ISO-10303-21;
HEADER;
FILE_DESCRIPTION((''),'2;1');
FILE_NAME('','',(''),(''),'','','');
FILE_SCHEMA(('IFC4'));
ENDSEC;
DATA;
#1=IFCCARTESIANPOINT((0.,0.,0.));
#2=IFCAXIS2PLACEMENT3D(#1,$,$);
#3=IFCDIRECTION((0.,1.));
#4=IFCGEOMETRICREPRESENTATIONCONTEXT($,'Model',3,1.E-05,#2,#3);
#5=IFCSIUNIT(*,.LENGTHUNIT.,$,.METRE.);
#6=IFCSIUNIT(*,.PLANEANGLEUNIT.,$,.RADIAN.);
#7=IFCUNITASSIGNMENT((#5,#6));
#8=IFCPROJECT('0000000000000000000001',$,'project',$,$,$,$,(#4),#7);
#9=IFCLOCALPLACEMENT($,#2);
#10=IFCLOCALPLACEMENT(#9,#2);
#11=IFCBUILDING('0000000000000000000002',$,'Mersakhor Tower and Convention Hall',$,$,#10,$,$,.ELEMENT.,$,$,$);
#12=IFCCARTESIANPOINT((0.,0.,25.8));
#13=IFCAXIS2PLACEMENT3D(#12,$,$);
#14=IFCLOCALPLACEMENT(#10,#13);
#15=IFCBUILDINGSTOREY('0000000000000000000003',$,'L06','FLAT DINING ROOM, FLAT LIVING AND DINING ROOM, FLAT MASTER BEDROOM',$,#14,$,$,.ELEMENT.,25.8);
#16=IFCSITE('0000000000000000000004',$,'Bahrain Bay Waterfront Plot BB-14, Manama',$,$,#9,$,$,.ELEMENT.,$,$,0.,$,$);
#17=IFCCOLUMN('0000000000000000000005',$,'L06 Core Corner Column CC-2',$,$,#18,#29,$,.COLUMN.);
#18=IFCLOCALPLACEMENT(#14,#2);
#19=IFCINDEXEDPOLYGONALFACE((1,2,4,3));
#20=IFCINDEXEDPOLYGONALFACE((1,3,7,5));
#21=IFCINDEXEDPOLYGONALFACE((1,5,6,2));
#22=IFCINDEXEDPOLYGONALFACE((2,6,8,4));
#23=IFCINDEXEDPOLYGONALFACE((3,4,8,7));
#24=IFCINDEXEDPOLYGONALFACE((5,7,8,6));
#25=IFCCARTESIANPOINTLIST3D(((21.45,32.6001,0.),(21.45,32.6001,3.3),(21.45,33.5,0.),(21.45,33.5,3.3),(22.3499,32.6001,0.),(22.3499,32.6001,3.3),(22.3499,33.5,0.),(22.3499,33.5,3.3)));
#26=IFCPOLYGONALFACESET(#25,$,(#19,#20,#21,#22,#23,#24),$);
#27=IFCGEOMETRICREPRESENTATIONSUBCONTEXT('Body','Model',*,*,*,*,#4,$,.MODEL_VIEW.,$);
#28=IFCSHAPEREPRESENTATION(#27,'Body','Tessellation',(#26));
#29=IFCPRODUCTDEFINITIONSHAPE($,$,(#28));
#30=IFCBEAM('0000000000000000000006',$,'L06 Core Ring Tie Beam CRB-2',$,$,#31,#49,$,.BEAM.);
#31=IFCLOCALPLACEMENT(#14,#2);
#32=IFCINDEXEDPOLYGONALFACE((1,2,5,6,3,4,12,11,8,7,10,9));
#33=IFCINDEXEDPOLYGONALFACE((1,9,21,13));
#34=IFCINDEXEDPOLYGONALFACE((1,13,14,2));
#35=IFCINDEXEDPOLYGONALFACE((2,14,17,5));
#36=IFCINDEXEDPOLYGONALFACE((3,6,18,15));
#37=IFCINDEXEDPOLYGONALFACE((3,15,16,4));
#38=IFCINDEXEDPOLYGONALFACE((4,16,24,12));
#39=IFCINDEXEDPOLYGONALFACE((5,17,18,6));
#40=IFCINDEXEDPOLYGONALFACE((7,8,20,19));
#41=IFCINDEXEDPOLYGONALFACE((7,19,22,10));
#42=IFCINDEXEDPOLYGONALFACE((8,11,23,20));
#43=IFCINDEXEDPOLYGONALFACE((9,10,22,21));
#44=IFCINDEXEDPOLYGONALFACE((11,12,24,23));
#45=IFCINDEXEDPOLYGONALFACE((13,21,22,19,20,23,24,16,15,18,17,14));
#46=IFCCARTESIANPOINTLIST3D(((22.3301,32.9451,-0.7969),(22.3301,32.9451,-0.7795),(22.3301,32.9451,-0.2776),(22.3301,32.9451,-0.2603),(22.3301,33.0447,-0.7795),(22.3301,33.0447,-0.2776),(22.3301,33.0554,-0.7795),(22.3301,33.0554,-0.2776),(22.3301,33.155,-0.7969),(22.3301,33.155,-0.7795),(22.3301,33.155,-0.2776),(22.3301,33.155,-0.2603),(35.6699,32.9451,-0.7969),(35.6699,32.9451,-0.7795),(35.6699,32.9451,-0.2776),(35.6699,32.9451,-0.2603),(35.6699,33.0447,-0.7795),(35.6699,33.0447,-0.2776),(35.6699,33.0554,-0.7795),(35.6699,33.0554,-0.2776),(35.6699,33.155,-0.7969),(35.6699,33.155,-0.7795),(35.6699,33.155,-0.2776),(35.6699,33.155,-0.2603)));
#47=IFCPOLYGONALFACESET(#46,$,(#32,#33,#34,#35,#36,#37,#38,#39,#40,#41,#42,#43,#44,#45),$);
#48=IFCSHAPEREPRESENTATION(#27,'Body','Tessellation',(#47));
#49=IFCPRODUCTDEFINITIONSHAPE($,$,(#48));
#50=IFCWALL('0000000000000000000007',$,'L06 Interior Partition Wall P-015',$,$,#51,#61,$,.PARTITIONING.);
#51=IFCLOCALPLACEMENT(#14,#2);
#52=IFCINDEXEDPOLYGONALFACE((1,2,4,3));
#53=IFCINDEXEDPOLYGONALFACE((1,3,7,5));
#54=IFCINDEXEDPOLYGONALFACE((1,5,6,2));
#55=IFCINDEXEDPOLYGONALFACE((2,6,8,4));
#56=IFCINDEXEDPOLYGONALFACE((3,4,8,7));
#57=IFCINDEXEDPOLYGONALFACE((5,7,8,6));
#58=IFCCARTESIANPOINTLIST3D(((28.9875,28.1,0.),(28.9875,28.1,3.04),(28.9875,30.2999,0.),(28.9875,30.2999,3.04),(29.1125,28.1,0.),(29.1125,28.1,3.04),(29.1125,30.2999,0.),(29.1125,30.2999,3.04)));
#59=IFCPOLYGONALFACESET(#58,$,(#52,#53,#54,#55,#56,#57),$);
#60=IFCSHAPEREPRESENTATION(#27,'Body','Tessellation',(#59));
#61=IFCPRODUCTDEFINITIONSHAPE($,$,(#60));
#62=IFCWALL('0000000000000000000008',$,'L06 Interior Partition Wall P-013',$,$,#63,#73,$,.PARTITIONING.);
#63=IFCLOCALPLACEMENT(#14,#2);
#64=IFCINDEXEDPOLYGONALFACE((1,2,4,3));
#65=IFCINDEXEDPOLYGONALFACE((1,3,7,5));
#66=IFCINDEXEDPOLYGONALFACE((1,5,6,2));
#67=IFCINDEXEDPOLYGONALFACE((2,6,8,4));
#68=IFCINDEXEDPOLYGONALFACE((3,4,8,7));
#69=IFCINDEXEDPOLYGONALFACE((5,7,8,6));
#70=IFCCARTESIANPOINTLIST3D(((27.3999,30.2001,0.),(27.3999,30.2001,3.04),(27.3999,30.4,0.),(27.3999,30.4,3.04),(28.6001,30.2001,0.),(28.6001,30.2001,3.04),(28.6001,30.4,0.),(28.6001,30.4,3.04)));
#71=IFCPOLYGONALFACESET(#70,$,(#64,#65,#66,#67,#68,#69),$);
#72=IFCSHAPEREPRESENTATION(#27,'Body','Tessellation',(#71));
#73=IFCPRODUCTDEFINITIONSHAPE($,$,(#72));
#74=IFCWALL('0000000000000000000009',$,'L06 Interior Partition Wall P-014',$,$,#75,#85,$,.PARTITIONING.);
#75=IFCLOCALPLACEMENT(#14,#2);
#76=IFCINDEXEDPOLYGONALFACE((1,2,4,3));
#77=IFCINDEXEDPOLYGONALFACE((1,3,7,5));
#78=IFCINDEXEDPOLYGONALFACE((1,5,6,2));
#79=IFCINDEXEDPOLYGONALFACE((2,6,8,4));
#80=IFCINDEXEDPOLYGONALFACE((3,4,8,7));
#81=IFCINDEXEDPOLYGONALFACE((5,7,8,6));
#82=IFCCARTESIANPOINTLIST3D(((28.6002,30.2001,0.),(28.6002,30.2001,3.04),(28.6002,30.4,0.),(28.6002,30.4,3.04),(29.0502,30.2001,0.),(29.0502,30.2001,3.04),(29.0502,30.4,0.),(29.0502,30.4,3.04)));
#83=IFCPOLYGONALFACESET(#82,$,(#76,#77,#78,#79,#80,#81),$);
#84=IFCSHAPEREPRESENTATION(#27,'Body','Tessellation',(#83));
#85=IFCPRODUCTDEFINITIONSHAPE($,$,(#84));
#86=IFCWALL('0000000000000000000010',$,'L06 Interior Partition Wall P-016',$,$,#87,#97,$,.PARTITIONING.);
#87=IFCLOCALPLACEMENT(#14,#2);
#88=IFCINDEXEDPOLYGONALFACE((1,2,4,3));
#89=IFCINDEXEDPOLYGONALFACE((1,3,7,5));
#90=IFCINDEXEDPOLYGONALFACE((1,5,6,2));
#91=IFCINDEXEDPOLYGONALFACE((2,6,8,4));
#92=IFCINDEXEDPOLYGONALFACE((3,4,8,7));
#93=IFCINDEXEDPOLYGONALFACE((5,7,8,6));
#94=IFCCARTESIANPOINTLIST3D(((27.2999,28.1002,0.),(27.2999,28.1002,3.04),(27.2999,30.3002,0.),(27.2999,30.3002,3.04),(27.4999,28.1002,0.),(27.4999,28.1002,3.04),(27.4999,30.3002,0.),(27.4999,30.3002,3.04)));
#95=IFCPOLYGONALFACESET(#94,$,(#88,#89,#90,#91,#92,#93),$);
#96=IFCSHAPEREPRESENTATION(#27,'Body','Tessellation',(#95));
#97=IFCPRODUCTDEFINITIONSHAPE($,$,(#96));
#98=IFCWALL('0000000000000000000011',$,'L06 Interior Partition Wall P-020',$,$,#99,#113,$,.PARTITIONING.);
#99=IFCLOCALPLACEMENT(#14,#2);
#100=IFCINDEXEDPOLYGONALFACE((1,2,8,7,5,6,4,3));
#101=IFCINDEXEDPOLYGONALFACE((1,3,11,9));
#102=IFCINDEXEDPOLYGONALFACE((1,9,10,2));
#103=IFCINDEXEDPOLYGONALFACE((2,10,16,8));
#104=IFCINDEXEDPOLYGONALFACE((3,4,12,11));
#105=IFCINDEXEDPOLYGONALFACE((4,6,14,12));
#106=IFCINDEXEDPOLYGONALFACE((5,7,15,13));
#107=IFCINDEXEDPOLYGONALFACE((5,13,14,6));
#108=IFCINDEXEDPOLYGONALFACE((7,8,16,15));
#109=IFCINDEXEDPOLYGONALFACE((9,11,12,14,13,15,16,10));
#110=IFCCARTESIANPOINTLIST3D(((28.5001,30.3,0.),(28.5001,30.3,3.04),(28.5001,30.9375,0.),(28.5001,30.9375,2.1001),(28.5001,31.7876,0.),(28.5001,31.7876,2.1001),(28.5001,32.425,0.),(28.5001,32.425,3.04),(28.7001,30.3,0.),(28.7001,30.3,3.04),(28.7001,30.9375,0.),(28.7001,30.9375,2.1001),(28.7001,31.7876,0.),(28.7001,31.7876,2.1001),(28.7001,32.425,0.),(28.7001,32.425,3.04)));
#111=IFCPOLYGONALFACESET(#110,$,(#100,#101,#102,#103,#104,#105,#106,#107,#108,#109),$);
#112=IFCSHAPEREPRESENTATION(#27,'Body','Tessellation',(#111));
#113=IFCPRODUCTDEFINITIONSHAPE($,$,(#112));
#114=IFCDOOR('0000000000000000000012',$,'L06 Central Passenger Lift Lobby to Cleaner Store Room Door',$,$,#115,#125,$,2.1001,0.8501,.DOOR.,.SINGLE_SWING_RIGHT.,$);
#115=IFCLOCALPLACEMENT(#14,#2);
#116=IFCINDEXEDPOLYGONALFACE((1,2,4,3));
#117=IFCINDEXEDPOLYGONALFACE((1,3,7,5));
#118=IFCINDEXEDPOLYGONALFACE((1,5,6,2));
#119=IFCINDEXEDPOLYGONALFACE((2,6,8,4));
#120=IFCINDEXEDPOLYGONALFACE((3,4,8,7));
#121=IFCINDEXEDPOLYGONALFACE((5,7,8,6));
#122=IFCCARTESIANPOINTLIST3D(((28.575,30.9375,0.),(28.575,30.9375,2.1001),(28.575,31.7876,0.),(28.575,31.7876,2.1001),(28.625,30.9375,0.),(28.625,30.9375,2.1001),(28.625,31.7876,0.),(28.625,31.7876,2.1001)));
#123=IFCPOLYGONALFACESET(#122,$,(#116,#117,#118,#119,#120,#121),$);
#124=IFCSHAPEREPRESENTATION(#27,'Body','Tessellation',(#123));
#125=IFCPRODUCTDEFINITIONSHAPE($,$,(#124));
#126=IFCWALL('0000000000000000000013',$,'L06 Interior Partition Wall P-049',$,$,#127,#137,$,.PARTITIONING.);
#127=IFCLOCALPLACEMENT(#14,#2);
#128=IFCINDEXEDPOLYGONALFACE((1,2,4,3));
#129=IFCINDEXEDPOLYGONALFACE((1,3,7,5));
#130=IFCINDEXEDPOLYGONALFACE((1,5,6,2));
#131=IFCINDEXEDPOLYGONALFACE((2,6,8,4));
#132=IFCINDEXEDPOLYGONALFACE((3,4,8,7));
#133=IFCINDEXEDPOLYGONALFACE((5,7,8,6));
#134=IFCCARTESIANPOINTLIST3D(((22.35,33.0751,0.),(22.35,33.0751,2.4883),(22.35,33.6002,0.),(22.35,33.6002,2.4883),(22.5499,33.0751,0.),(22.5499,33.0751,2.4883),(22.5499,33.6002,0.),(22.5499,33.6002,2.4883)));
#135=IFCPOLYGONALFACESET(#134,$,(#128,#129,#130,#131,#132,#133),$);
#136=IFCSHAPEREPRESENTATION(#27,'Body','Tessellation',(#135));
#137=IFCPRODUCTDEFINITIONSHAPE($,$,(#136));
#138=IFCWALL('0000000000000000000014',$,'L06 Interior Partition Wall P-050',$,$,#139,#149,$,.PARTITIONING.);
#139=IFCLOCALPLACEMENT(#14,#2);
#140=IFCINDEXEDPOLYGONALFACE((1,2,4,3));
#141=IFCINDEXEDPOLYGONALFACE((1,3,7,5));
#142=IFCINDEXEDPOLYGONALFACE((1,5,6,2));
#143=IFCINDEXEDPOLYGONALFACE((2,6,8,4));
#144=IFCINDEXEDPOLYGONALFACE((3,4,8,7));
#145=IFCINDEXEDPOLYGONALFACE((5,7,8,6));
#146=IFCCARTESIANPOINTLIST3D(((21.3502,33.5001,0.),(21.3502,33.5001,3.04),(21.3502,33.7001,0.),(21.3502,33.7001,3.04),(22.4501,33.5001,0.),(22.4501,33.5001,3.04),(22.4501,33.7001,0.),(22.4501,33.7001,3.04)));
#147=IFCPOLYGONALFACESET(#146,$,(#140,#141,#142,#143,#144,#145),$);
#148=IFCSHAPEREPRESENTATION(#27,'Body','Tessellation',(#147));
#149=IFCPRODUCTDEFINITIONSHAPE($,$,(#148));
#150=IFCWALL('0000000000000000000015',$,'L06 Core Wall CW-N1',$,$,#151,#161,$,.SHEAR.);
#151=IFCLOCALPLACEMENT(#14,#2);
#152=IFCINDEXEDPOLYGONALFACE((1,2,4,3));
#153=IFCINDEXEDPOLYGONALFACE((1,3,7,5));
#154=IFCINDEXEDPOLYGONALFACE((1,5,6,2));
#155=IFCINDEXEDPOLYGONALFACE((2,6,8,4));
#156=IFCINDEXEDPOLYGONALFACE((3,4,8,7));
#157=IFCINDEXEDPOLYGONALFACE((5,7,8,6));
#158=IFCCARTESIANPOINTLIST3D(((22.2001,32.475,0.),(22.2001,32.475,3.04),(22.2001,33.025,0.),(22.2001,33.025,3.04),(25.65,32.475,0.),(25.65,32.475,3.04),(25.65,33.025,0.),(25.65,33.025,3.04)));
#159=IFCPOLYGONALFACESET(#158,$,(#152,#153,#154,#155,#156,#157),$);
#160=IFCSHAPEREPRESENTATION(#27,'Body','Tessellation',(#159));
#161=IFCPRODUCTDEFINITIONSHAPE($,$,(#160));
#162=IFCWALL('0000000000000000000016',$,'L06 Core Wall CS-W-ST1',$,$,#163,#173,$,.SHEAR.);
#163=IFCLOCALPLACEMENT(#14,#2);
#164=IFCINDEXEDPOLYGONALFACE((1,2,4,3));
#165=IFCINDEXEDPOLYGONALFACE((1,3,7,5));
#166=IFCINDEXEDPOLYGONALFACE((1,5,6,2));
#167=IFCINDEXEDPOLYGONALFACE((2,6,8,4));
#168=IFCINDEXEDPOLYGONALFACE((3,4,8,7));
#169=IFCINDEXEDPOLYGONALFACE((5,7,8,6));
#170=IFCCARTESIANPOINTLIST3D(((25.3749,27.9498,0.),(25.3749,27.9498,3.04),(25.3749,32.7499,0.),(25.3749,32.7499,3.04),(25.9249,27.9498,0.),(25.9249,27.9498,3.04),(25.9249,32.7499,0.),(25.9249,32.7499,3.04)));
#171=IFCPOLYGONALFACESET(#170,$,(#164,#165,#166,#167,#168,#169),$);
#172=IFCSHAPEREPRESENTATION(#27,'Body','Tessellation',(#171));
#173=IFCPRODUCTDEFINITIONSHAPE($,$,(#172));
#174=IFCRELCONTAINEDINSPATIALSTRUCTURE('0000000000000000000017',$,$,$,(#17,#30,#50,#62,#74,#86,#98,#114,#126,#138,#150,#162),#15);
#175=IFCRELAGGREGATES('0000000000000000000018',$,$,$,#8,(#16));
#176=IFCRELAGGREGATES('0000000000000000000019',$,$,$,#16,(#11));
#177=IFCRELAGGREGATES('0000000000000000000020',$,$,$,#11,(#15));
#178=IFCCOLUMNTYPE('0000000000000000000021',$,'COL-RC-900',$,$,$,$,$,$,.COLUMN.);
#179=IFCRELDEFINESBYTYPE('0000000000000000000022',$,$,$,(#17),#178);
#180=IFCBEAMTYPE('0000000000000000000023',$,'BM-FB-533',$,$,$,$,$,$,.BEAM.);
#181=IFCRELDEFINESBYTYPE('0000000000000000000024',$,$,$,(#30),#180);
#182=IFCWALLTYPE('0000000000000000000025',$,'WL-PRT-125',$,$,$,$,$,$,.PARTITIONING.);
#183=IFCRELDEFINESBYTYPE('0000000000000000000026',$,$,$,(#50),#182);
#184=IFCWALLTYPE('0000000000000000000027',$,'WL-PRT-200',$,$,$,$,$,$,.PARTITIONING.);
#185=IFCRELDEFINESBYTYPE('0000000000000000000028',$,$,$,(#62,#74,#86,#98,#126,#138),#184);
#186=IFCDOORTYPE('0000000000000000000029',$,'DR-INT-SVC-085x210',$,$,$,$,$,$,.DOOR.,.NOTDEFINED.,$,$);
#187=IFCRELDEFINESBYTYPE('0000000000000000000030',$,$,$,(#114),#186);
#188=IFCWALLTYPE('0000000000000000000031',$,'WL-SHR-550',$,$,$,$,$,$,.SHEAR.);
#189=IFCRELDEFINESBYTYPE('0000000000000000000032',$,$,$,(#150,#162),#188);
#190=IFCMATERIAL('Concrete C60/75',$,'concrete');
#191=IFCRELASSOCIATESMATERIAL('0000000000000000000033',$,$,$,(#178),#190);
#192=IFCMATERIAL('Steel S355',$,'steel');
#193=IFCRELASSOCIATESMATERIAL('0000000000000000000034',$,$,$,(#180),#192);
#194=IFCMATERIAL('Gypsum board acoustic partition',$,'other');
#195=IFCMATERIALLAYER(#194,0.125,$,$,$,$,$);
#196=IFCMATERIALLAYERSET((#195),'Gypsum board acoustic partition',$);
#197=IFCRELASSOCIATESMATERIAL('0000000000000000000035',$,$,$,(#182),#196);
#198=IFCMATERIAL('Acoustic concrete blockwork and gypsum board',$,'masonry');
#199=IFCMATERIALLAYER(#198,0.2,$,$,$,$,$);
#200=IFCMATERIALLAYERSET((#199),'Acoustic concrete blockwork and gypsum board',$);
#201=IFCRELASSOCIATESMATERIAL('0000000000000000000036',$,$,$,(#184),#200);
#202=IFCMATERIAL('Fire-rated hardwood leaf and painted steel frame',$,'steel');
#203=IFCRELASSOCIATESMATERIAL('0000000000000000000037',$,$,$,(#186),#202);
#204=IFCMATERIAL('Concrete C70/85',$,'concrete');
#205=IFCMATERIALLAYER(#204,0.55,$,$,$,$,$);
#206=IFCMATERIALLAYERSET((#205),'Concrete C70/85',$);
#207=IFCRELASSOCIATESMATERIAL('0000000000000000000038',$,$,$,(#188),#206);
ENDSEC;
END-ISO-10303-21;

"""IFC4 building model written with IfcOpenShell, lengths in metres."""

from ifc_helpers import new_model, si_unit, direction, frame, frame_2d, origin, origin_2d, place, context, subcontext, project, spatial, rectangle, i_section, extrude, material, layer, layer_set, material_profile, profile_set, type_object, element, fill, save


model = new_model("IFC4")

# Units and contexts
model_context = context("Model", 3, precision=1e-05, world=origin(), true_north=direction((0.0, 1.0)))
body_context = subcontext(model_context, "Body", "Model", "MODEL_VIEW")
ifc_project = project(units=[si_unit("LENGTHUNIT", "METRE"), si_unit("PLANEANGLEUNIT", "RADIAN")], contexts=[model_context])

# Site, building, storey
site_placement = place(None, origin())
site = spatial("IfcSite", under=ifc_project, at=site_placement, Name="Bahrain Bay Waterfront Plot BB-14, Manama", CompositionType="ELEMENT", RefElevation=0.0)
building_placement = place(site_placement, origin())
building = spatial("IfcBuilding", under=site, at=building_placement, Name="Mersakhor Tower and Convention Hall", CompositionType="ELEMENT")
storey_placement = place(building_placement, frame((0.0, 0.0, 25.8)))
storey = spatial("IfcBuildingStorey", under=building, at=storey_placement, Name="L06", Description="FLAT DINING ROOM, FLAT LIVING AND DINING ROOM, FLAT MASTER BEDROOM", CompositionType="ELEMENT", Elevation=25.8)

# Column
ifc_material_1 = material(Name="Concrete C60/75", Category="concrete")
ifc_material_profile_1 = material_profile(ifc_material_1, rectangle(XDim=0.8999, YDim=0.8999, at=origin_2d()), Name="RC 900x900")
ifc_profile_set_1 = profile_set([ifc_material_profile_1], Name="Concrete C60/75")
column_type = type_object("IfcColumnType", Name="COL-RC-900", PredefinedType="COLUMN", material=ifc_profile_set_1)
column_placement = place(storey_placement, frame((21.8999, 33.05, 0.0), z_axis=(0.0, 0.0, 1.0), x_axis=(1.0, 0.0, 0.0)))
element("IfcColumn", 1, at=column_placement, inside=storey, type_object=column_type, Name="L06 Core Corner Column CC-2", PredefinedType="COLUMN", context=body_context, shape_type="SweptSolid", body=[
    extrude(rectangle(XDim=0.8999, YDim=0.8999, at=origin_2d()), origin(), (0.0, 0.0, 1.0), 3.3),
])

# Beam
ifc_material_2 = material(Name="Steel S355", Category="steel")
ifc_material_profile_2 = material_profile(ifc_material_2, i_section(OverallWidth=0.21, OverallDepth=0.5366, WebThickness=0.0107, FlangeThickness=0.0173, at=origin_2d()), Name="UB 533x210x101")
ifc_profile_set_2 = profile_set([ifc_material_profile_2], Name="Steel S355")
beam_type = type_object("IfcBeamType", Name="BM-FB-533", PredefinedType="BEAM", material=ifc_profile_set_2)
beam_placement = place(storey_placement, frame((22.3301, 33.05, -0.5286), z_axis=(1.0, 0.0, 0.0), x_axis=(0.0, 1.0, 0.0)))
element("IfcBeam", 2, at=beam_placement, inside=storey, type_object=beam_type, Name="L06 Core Ring Tie Beam CRB-2", PredefinedType="BEAM", context=body_context, shape_type="SweptSolid", body=[
    extrude(i_section(OverallWidth=0.21, OverallDepth=0.5366, WebThickness=0.0107, FlangeThickness=0.0173, at=origin_2d()), origin(), (0.0, 0.0, 1.0), 13.3398),
])

# Wall
ifc_material_3 = material(Name="Gypsum board acoustic partition", Category="other")
ifc_layer_1 = layer(ifc_material_3, 0.125)
ifc_layer_set_1 = layer_set([ifc_layer_1], Name="Gypsum board acoustic partition")
wall_type_1 = type_object("IfcWallType", Name="WL-PRT-125", PredefinedType="PARTITIONING", material=ifc_layer_set_1)
wall_1_placement = place(storey_placement, frame((29.05, 30.3, 0.0), z_axis=(0.0, 0.0, 1.0), x_axis=(0.0, -1.0, 0.0)))
element("IfcWall", 3, at=wall_1_placement, inside=storey, type_object=wall_type_1, Name="L06 Interior Partition Wall P-015", PredefinedType="PARTITIONING", context=body_context, shape_type="SweptSolid", body=[
    extrude(rectangle(XDim=2.2, YDim=0.125, at=frame_2d((1.1001, 0.0))), origin(), (0.0, 0.0, 1.0), 3.04),
])

# Shared definitions
ifc_material_4 = material(Name="Acoustic concrete blockwork and gypsum board", Category="masonry")
ifc_layer_2 = layer(ifc_material_4, 0.2)
ifc_layer_set_2 = layer_set([ifc_layer_2], Name="Acoustic concrete blockwork and gypsum board")
wall_type_2 = type_object("IfcWallType", Name="WL-PRT-200", PredefinedType="PARTITIONING", material=ifc_layer_set_2)

# Walls
wall_2_placement = place(storey_placement, frame((27.3999, 30.3, 0.0), z_axis=(0.0, 0.0, 1.0), x_axis=(1.0, 0.0, 0.0)))
element("IfcWall", 4, at=wall_2_placement, inside=storey, type_object=wall_type_2, Name="L06 Interior Partition Wall P-013", PredefinedType="PARTITIONING", context=body_context, shape_type="SweptSolid", body=[
    extrude(rectangle(XDim=1.2002, YDim=0.2, at=frame_2d((0.6001, 0.0))), origin(), (0.0, 0.0, 1.0), 3.04),
])
wall_3_placement = place(storey_placement, frame((28.6001, 30.3, 0.0), z_axis=(0.0, 0.0, 1.0), x_axis=(1.0, 0.0, 0.0)))
element("IfcWall", 5, at=wall_3_placement, inside=storey, type_object=wall_type_2, Name="L06 Interior Partition Wall P-014", PredefinedType="PARTITIONING", context=body_context, shape_type="SweptSolid", body=[
    extrude(rectangle(XDim=0.45, YDim=0.2, at=frame_2d((0.2251, 0.0))), origin(), (0.0, 0.0, 1.0), 3.04),
])
wall_4_placement = place(storey_placement, frame((27.3999, 28.1001, 0.0), z_axis=(0.0, 0.0, 1.0), x_axis=(0.0, 1.0, 0.0)))
element("IfcWall", 6, at=wall_4_placement, inside=storey, type_object=wall_type_2, Name="L06 Interior Partition Wall P-016", PredefinedType="PARTITIONING", context=body_context, shape_type="SweptSolid", body=[
    extrude(rectangle(XDim=2.2, YDim=0.2, at=frame_2d((1.1001, 0.0))), origin(), (0.0, 0.0, 1.0), 3.04),
])

# Wall, opening, door
wall_5_placement = place(storey_placement, frame((28.6001, 32.425, 0.0), z_axis=(0.0, 0.0, 1.0), x_axis=(0.0, -1.0, 0.0)))
wall_5 = element("IfcWall", 7, at=wall_5_placement, inside=storey, type_object=wall_type_2, Name="L06 Interior Partition Wall P-020", PredefinedType="PARTITIONING", context=body_context, shape_type="SweptSolid", body=[
    extrude(rectangle(XDim=2.125, YDim=0.2, at=frame_2d((1.0625, 0.0))), origin(), (0.0, 0.0, 1.0), 3.04),
])
opening_1_placement = place(wall_5_placement, frame((0.6375, 0.0, 0.0)))
opening_1 = element("IfcOpeningElement", 8, at=opening_1_placement, cuts=wall_5, PredefinedType="OPENING", context=body_context, shape_type="SweptSolid", body=[
    extrude(rectangle(XDim=0.8501, YDim=2.1001, at=frame_2d((0.425, 1.05))), frame((0.0, 0.1099, 0.0), z_axis=(0.0, -1.0, 0.0), x_axis=(1.0, 0.0, 0.0)), (0.0, 0.0, 1.0), 0.22),
])
ifc_material_5 = material(Name="Fire-rated hardwood leaf and painted steel frame", Category="steel")
door_type_1 = type_object("IfcDoorType", Name="DR-INT-SVC-085x210", OperationType="NOTDEFINED", PredefinedType="DOOR", material=ifc_material_5)
door_1_placement = place(opening_1_placement, origin())
door_1 = element("IfcDoor", 9, at=door_1_placement, inside=storey, type_object=door_type_1, Name="L06 Central Passenger Lift Lobby to Cleaner Store Room Door", OperationType="SINGLE_SWING_RIGHT", OverallHeight=2.1001, OverallWidth=0.8501, PredefinedType="DOOR", context=body_context, shape_type="SweptSolid", body=[
    extrude(rectangle(XDim=0.8501, YDim=2.1001, at=frame_2d((0.425, 1.05))), frame((0.0, 0.0249, 0.0), z_axis=(0.0, -1.0, 0.0), x_axis=(1.0, 0.0, 0.0)), (0.0, 0.0, 1.0), 0.05),
])
fill(opening_1, door_1)

# Walls
wall_6_placement = place(storey_placement, frame((22.45, 33.075, 0.0), z_axis=(0.0, 0.0, 1.0), x_axis=(0.0, 1.0, 0.0)))
element("IfcWall", 10, at=wall_6_placement, inside=storey, type_object=wall_type_2, Name="L06 Interior Partition Wall P-049", PredefinedType="PARTITIONING", context=body_context, shape_type="SweptSolid", body=[
    extrude(rectangle(XDim=0.5251, YDim=0.2, at=frame_2d((0.2627, 0.0))), origin(), (0.0, 0.0, 1.0), 2.4883),
])
wall_7_placement = place(storey_placement, frame((22.45, 33.6001, 0.0), z_axis=(0.0, 0.0, 1.0), x_axis=(-1.0, 0.0, 0.0)))
element("IfcWall", 11, at=wall_7_placement, inside=storey, type_object=wall_type_2, Name="L06 Interior Partition Wall P-050", PredefinedType="PARTITIONING", context=body_context, shape_type="SweptSolid", body=[
    extrude(rectangle(XDim=1.0999, YDim=0.2, at=frame_2d((0.5498, 0.0))), origin(), (0.0, 0.0, 1.0), 3.04),
])
ifc_material_6 = material(Name="Concrete C70/85", Category="concrete")
ifc_layer_3 = layer(ifc_material_6, 0.55)
ifc_layer_set_3 = layer_set([ifc_layer_3], Name="Concrete C70/85")
wall_type_3 = type_object("IfcWallType", Name="WL-SHR-550", PredefinedType="SHEAR", material=ifc_layer_set_3)
wall_8_placement = place(storey_placement, frame((22.2, 32.75, 0.0), z_axis=(0.0, 0.0, 1.0), x_axis=(1.0, 0.0, 0.0)))
element("IfcWall", 12, at=wall_8_placement, inside=storey, type_object=wall_type_3, Name="L06 Core Wall CW-N1", PredefinedType="SHEAR", context=body_context, shape_type="SweptSolid", body=[
    extrude(rectangle(XDim=3.45, YDim=0.55, at=frame_2d((1.7251, 0.0))), origin(), (0.0, 0.0, 1.0), 3.04),
])

# Wall
wall_9_placement = place(storey_placement, frame((25.6499, 27.95, 0.0), z_axis=(0.0, 0.0, 1.0), x_axis=(0.0, 1.0, 0.0)))
element("IfcWall", 13, at=wall_9_placement, inside=storey, type_object=wall_type_3, Name="L06 Core Wall CS-W-ST1", PredefinedType="SHEAR", context=body_context, shape_type="SweptSolid", body=[
    extrude(rectangle(XDim=4.8, YDim=0.55, at=frame_2d((2.3999, 0.0))), origin(), (0.0, 0.0, 1.0), 3.04),
])

save(model, "model.ifc")
